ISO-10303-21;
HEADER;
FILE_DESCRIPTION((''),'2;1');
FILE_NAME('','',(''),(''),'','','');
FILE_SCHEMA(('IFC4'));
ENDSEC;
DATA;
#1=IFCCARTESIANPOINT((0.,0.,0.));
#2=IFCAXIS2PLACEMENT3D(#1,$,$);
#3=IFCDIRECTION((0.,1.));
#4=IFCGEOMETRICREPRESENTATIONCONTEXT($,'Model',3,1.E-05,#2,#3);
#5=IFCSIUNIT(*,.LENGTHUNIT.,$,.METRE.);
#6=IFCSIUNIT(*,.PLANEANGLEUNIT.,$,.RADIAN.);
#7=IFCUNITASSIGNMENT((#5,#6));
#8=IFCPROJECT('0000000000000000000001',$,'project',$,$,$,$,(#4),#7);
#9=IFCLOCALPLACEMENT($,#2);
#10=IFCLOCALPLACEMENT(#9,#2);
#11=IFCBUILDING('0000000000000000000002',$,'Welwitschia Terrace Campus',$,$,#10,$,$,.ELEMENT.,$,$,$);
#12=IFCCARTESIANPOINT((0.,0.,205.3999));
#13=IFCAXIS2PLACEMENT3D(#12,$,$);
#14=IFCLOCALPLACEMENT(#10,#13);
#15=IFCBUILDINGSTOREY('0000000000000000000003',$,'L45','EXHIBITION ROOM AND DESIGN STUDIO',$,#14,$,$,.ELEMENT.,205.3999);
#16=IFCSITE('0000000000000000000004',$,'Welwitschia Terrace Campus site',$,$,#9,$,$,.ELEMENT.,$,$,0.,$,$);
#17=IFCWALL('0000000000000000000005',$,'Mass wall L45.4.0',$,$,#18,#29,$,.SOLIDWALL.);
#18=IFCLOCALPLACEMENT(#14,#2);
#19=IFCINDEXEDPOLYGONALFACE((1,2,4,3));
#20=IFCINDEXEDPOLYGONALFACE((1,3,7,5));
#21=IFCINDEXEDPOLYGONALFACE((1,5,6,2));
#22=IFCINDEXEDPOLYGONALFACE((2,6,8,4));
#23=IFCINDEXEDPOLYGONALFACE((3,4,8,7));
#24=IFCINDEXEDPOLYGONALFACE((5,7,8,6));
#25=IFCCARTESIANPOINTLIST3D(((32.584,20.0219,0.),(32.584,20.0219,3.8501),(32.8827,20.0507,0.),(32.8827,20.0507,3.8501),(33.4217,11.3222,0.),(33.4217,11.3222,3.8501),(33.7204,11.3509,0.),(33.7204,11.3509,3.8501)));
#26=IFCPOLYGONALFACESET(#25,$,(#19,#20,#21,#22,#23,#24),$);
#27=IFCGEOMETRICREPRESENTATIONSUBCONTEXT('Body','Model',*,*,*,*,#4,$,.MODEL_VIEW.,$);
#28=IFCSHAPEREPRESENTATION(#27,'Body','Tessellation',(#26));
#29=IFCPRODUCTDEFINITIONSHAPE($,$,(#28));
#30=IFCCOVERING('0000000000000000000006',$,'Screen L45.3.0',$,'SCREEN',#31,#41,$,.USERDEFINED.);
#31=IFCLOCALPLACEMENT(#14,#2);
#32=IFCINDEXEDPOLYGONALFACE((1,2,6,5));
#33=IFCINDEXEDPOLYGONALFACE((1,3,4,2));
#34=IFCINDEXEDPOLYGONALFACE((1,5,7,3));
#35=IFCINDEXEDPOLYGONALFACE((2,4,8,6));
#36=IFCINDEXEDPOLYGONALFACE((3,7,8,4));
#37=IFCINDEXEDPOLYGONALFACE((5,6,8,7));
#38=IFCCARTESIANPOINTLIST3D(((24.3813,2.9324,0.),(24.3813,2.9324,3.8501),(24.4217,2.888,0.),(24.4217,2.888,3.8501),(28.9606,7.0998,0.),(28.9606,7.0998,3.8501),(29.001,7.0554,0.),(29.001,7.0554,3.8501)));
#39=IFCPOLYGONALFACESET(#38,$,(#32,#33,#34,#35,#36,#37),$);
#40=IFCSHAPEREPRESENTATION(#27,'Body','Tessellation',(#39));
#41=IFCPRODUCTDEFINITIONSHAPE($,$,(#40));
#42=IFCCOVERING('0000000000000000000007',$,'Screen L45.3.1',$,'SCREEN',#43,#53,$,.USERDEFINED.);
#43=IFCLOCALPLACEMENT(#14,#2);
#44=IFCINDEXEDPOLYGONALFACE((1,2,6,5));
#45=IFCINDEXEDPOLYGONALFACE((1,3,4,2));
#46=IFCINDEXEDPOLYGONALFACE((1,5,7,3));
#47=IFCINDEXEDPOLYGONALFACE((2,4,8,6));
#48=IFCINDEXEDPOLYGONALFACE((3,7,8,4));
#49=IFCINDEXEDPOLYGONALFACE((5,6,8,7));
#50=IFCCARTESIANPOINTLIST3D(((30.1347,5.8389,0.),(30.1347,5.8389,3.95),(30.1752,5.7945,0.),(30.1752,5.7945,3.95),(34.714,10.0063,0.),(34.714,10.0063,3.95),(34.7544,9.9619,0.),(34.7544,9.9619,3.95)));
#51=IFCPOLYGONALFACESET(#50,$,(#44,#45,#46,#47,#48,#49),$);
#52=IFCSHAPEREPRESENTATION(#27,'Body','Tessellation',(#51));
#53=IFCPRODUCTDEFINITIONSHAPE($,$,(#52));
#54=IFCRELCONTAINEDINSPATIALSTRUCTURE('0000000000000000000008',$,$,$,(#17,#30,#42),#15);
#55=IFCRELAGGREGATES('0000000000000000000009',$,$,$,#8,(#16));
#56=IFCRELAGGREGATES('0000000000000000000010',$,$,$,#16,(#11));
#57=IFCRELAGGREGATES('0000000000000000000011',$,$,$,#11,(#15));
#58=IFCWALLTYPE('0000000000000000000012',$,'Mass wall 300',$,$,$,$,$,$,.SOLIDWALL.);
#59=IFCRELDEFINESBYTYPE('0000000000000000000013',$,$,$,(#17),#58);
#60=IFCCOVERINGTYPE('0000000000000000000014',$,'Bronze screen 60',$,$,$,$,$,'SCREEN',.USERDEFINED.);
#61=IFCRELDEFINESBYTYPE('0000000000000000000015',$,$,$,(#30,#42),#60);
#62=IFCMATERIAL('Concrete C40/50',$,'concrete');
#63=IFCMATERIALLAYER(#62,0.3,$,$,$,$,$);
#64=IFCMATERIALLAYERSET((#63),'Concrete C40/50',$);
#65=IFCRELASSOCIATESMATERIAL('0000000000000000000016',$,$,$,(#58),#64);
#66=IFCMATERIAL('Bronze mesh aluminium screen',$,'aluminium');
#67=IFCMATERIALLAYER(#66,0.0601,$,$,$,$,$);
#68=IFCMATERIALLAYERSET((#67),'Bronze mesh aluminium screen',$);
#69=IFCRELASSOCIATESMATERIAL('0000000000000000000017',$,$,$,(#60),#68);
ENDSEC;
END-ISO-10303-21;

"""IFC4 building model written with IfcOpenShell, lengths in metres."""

from ifc_helpers import new_model, si_unit, direction, frame, frame_2d, origin, origin_2d, place, context, subcontext, project, spatial, rectangle, extrude, material, layer, layer_set, type_object, element, save


model = new_model("IFC4")

# Units and contexts
model_context = context("Model", 3, precision=1e-05, world=origin(), true_north=direction((0.0, 1.0)))
body_context = subcontext(model_context, "Body", "Model", "MODEL_VIEW")
ifc_project = project(units=[si_unit("LENGTHUNIT", "METRE"), si_unit("PLANEANGLEUNIT", "RADIAN")], contexts=[model_context])

# Site, building, storey
site_placement = place(None, origin())
site = spatial("IfcSite", under=ifc_project, at=site_placement, Name="Welwitschia Terrace Campus site", CompositionType="ELEMENT", RefElevation=0.0)
building_placement = place(site_placement, origin())
building = spatial("IfcBuilding", under=site, at=building_placement, Name="Welwitschia Terrace Campus", CompositionType="ELEMENT")
storey_placement = place(building_placement, frame((0.0, 0.0, 205.3999)))
storey = spatial("IfcBuildingStorey", under=building, at=storey_placement, Name="L45", Description="EXHIBITION ROOM AND DESIGN STUDIO", CompositionType="ELEMENT", Elevation=205.3999)

# Wall
ifc_material_1 = material(Name="Concrete C40/50", Category="concrete")
ifc_layer_1 = layer(ifc_material_1, 0.3)
ifc_layer_set_1 = layer_set([ifc_layer_1], Name="Concrete C40/50")
wall_type_1 = type_object("IfcWallType", Name="Mass wall 300", PredefinedType="SOLIDWALL", material=ifc_layer_set_1)
wall_1_placement = place(storey_placement, frame((33.571, 11.3364, 0.0), z_axis=(0.0, 0.0, 1.0), x_axis=(-0.095841, 0.995397, 0.0)))
element("IfcWall", 1, at=wall_1_placement, inside=storey, type_object=wall_type_1, Name="Mass wall L45.4.0", PredefinedType="SOLIDWALL", context=body_context, shape_type="SweptSolid", body=[
    extrude(rectangle(XDim=8.74, YDim=0.3, at=frame_2d((4.3701, 0.0))), origin(), (0.0, 0.0, 1.0), 3.8501),
])

# Coverings
ifc_material_2 = material(Name="Bronze mesh aluminium screen", Category="aluminium")
ifc_layer_2 = layer(ifc_material_2, 0.0601)
ifc_layer_set_2 = layer_set([ifc_layer_2], Name="Bronze mesh aluminium screen")
covering_type = type_object("IfcCoveringType", Name="Bronze screen 60", ElementType="SCREEN", PredefinedType="USERDEFINED", material=ifc_layer_set_2)
covering_1_placement = place(storey_placement, frame((26.6912, 4.9939, 0.0), z_axis=(0.0, 0.0, 1.0), x_axis=(0.739586, 0.673062, 0.0)))
element("IfcCovering", 2, at=covering_1_placement, inside=storey, type_object=covering_type, Name="Screen L45.3.0", ObjectType="SCREEN", PredefinedType="USERDEFINED", context=body_context, shape_type="SweptSolid", body=[
    extrude(rectangle(XDim=6.1917, YDim=0.0601, at=origin_2d()), origin(), (0.0, 0.0, 1.0), 3.8501),
])
covering_2_placement = place(storey_placement, frame((32.4446, 7.9004, 0.0), z_axis=(0.0, 0.0, 1.0), x_axis=(0.739586, 0.673062, 0.0)))
element("IfcCovering", 3, at=covering_2_placement, inside=storey, type_object=covering_type, Name="Screen L45.3.1", ObjectType="SCREEN", PredefinedType="USERDEFINED", context=body_context, shape_type="SweptSolid", body=[
    extrude(rectangle(XDim=6.1917, YDim=0.0601, at=origin_2d()), origin(), (0.0, 0.0, 1.0), 3.95),
])

save(model, "model.ifc")
